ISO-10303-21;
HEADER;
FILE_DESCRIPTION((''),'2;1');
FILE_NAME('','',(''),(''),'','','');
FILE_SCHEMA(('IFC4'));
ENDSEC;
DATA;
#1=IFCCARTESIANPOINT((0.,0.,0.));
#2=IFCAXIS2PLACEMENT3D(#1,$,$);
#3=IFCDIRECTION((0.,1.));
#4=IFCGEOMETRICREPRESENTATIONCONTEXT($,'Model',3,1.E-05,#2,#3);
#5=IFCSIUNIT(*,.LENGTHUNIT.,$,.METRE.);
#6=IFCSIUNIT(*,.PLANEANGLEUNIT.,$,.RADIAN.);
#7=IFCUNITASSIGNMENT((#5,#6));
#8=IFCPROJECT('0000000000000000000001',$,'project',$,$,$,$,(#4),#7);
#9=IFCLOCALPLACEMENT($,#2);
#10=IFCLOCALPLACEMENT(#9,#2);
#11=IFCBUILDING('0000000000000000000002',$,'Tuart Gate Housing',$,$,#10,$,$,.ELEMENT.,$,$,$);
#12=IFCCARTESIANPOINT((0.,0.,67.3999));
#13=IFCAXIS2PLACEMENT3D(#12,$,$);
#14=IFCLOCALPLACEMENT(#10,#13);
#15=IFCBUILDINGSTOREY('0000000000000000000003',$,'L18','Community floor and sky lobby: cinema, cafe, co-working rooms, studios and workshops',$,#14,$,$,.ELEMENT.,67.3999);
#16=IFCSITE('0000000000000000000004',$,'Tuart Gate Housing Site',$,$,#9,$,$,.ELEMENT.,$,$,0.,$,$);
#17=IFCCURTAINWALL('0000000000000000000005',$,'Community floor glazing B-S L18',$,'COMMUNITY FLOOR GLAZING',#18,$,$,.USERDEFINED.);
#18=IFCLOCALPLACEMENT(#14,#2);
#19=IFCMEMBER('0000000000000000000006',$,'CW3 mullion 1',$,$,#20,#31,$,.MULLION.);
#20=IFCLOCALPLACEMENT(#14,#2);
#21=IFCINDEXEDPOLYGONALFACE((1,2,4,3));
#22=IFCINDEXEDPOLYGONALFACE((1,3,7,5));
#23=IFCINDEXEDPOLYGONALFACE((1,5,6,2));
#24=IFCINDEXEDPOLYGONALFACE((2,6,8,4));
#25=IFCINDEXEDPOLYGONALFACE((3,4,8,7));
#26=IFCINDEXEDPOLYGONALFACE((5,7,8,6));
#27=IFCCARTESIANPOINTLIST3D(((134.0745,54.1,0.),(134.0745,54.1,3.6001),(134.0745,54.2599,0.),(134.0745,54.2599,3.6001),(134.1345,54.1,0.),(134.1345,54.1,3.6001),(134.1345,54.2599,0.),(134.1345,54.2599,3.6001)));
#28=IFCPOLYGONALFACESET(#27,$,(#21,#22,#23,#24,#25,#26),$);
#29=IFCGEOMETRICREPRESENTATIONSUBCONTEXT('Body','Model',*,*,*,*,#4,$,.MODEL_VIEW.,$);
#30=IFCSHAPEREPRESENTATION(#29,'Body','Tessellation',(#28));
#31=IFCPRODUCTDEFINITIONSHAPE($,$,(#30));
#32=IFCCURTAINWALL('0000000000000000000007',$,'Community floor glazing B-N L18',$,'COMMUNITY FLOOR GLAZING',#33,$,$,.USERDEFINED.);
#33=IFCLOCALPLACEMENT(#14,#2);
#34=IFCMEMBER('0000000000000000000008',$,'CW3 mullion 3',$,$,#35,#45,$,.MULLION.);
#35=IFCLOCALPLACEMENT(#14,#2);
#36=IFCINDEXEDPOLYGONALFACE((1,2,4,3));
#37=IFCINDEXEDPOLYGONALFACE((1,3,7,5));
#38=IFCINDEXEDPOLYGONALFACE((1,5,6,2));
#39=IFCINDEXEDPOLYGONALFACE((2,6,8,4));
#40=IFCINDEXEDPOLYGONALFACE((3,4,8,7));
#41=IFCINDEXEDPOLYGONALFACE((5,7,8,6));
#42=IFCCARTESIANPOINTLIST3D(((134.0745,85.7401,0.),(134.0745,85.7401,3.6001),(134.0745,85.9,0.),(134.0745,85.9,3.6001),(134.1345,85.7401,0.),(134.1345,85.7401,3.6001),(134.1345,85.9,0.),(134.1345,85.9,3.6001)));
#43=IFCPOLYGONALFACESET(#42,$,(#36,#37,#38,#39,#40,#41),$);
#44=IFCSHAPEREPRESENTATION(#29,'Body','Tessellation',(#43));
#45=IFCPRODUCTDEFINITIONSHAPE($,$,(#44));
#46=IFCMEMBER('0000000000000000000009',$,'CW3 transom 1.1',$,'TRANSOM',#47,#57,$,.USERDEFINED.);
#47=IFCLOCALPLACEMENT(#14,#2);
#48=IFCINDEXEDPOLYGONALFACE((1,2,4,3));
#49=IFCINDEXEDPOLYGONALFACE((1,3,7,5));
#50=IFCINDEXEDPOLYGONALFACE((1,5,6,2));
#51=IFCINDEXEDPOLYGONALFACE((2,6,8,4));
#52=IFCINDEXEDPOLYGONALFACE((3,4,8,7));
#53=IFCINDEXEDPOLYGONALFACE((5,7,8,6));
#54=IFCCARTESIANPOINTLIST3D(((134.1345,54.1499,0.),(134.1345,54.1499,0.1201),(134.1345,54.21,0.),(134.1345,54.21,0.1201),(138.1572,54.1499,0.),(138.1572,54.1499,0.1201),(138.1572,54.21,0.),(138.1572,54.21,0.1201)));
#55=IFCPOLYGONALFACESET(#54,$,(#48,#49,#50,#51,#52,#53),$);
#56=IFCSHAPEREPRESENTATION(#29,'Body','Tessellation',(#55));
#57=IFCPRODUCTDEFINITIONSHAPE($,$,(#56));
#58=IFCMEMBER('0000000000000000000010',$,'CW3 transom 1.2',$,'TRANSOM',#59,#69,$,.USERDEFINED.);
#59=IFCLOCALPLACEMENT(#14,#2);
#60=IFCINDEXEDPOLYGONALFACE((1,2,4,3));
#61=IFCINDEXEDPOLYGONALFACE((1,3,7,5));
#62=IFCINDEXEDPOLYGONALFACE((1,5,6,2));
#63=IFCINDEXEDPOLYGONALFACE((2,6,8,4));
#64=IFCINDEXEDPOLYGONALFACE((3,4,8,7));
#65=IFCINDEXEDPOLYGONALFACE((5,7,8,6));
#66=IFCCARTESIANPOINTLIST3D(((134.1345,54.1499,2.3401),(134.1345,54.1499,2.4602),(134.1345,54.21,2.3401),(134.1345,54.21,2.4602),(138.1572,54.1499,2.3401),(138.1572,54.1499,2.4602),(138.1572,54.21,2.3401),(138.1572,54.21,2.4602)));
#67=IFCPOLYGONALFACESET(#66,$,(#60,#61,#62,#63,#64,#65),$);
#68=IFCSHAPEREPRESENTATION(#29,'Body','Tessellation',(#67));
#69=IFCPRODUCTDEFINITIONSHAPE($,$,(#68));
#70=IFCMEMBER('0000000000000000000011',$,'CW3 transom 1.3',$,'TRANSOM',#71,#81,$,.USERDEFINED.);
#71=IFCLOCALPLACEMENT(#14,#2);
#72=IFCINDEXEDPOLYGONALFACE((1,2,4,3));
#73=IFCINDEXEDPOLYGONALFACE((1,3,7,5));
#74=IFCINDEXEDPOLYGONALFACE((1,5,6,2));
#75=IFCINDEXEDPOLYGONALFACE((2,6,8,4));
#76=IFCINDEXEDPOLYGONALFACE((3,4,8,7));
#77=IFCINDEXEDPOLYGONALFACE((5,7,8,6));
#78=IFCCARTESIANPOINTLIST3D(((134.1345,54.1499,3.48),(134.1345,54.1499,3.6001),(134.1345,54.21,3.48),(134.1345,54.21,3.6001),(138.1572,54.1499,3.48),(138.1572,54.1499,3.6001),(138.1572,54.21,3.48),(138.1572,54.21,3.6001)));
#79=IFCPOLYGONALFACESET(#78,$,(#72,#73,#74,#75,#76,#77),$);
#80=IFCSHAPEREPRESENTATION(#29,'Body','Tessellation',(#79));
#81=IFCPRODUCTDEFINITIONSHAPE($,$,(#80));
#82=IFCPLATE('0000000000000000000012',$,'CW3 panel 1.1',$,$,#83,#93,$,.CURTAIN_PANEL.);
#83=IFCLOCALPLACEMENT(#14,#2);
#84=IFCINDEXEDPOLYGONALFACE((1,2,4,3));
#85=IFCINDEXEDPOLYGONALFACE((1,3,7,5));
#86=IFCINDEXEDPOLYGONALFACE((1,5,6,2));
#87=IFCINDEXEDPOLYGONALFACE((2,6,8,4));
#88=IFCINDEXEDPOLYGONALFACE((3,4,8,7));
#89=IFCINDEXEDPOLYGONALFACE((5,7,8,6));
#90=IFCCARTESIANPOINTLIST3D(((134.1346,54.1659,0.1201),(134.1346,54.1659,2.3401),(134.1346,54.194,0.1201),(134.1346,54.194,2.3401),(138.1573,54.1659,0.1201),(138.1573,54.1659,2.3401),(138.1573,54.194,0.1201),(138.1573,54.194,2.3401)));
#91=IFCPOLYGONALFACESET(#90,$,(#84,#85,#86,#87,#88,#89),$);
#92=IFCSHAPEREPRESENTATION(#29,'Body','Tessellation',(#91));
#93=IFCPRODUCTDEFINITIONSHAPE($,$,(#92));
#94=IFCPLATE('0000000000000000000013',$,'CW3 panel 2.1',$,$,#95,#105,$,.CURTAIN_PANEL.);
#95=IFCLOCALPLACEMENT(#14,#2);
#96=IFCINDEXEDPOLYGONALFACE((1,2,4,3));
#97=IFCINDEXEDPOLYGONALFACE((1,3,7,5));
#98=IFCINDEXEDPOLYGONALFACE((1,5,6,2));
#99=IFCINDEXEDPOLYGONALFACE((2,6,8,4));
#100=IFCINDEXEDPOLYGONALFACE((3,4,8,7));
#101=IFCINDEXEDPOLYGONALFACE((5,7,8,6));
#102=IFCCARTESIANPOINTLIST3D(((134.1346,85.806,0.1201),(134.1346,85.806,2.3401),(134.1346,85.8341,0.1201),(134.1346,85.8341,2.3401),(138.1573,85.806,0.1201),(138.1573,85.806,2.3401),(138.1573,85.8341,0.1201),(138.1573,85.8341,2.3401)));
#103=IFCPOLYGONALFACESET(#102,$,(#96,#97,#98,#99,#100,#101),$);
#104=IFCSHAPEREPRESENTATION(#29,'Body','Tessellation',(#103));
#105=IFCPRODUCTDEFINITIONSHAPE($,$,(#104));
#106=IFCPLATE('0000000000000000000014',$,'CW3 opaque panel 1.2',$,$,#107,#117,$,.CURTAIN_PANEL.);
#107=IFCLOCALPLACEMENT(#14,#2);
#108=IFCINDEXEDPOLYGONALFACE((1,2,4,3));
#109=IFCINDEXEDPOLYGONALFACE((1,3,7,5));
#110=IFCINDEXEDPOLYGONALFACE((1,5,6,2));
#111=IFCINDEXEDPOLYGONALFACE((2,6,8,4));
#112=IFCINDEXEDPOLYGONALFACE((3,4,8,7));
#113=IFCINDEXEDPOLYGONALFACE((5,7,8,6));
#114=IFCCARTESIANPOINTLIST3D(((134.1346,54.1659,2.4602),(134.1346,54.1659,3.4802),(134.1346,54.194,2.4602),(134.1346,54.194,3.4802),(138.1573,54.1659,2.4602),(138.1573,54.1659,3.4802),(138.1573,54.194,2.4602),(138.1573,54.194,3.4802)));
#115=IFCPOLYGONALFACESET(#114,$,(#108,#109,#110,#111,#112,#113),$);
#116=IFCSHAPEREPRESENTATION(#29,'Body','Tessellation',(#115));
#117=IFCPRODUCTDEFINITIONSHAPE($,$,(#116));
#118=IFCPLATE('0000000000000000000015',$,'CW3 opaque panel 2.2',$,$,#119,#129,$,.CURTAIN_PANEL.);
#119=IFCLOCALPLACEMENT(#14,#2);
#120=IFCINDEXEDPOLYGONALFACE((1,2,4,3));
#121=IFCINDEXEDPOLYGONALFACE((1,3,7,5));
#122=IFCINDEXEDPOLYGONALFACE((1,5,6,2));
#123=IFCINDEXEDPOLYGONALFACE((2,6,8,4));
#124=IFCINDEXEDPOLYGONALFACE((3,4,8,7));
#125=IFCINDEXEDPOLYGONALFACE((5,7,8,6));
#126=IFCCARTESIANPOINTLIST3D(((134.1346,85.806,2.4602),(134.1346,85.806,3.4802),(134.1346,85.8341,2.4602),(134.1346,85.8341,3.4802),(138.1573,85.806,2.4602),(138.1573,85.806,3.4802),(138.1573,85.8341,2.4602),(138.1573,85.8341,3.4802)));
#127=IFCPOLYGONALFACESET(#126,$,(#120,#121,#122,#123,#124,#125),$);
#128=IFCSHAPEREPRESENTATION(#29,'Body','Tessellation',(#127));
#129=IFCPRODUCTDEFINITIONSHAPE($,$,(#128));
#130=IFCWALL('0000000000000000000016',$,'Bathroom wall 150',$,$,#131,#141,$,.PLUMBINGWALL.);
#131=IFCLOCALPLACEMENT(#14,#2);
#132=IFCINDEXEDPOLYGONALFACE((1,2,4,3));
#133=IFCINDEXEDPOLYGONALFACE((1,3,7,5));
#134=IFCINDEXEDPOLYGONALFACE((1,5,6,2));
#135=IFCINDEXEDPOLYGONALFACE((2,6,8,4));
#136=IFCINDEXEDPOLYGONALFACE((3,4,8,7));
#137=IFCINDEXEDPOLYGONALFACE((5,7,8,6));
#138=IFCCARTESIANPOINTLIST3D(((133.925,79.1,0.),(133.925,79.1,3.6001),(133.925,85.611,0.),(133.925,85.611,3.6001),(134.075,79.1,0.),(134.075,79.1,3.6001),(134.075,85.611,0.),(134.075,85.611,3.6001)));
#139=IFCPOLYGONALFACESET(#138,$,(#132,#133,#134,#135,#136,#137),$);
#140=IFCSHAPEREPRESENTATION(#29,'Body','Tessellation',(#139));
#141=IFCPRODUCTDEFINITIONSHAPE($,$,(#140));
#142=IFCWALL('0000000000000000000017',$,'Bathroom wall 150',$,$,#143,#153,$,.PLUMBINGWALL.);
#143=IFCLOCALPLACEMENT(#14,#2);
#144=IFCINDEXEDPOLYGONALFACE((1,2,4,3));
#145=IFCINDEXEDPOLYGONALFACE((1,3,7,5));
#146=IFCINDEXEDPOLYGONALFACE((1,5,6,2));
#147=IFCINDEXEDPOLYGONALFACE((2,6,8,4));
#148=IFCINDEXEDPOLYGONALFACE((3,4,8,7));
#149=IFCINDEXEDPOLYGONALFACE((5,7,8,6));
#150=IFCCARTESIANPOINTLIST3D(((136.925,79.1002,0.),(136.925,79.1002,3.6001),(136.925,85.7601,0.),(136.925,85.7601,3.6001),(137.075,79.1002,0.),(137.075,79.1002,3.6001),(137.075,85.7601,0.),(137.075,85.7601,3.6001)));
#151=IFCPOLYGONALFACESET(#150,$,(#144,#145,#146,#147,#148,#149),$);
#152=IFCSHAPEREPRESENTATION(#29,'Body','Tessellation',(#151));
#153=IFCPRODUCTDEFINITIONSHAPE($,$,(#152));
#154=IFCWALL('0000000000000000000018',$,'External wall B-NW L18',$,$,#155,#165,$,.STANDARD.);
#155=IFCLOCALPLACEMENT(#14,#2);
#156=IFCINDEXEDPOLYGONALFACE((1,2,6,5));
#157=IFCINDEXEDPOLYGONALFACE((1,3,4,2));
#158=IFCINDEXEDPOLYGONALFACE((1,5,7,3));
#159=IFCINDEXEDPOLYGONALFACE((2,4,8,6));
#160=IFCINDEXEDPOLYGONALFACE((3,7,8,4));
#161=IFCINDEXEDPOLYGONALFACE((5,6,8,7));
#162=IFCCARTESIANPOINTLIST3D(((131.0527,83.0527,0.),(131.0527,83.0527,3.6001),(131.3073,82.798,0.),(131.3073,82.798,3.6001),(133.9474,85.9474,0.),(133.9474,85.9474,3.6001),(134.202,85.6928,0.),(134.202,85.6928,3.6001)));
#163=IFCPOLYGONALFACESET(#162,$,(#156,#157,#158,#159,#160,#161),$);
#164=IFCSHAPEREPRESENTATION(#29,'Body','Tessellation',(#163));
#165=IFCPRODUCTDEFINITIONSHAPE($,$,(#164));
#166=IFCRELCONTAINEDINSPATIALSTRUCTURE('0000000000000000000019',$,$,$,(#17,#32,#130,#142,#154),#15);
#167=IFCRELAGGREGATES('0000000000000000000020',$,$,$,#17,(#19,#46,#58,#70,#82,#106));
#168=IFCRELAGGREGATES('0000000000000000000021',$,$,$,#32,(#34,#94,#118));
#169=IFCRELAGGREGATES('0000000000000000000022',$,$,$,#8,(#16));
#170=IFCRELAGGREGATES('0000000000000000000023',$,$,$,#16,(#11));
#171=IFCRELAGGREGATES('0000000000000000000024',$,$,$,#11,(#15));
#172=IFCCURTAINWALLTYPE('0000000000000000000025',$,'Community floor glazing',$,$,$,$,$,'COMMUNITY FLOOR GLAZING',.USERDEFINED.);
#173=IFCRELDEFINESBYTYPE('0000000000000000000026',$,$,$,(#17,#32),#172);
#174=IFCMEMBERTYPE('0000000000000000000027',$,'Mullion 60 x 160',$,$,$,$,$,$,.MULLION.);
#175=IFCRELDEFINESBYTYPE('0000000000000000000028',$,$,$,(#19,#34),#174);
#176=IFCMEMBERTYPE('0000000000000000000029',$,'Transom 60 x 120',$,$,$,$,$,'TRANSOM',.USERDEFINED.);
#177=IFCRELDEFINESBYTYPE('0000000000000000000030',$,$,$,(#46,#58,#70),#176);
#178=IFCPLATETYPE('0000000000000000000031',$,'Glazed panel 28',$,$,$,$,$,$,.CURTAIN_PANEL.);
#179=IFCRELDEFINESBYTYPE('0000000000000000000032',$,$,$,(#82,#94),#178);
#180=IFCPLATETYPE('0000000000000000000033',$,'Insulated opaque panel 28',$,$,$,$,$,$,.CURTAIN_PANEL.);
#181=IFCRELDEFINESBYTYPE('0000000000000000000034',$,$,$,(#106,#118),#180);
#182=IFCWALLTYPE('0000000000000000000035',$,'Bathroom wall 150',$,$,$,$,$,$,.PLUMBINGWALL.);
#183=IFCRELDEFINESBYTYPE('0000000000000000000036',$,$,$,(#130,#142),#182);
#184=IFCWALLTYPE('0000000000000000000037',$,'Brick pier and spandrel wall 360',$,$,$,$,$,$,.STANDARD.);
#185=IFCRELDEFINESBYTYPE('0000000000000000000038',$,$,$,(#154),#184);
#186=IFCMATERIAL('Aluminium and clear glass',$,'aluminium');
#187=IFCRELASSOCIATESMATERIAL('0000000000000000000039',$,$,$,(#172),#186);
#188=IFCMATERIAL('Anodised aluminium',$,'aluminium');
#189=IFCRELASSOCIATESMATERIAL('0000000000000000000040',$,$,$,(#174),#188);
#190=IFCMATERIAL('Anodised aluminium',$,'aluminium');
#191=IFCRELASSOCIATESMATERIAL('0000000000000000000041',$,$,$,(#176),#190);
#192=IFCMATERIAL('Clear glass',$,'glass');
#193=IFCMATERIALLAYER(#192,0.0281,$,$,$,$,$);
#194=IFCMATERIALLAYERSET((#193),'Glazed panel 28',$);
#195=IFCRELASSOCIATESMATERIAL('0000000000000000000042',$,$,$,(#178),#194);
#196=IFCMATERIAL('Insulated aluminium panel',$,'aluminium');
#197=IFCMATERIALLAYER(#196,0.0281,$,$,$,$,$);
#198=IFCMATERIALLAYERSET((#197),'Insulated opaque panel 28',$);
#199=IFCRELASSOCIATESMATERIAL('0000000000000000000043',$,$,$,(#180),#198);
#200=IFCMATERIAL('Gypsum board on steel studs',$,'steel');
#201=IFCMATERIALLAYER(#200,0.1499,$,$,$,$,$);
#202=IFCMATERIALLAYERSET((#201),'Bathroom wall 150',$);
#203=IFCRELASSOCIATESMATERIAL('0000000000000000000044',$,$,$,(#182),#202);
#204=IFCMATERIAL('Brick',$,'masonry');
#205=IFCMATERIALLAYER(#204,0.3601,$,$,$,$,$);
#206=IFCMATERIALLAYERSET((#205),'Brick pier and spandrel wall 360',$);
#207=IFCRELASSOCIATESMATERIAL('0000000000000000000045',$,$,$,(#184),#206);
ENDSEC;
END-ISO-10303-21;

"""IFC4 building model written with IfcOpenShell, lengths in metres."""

from ifc_helpers import new_model, si_unit, direction, frame, frame_2d, origin, origin_2d, place, context, subcontext, project, spatial, rectangle, extrude, material, layer, layer_set, material_profile, profile_set, type_object, element, aggregate, save


model = new_model("IFC4")

# Units and contexts
model_context = context("Model", 3, precision=1e-05, world=origin(), true_north=direction((0.0, 1.0)))
body_context = subcontext(model_context, "Body", "Model", "MODEL_VIEW")
ifc_project = project(units=[si_unit("LENGTHUNIT", "METRE"), si_unit("PLANEANGLEUNIT", "RADIAN")], contexts=[model_context])

# Site, building, storey
site_placement = place(None, origin())
site = spatial("IfcSite", under=ifc_project, at=site_placement, Name="Tuart Gate Housing Site", CompositionType="ELEMENT", RefElevation=0.0)
building_placement = place(site_placement, origin())
building = spatial("IfcBuilding", under=site, at=building_placement, Name="Tuart Gate Housing", CompositionType="ELEMENT")
storey_placement = place(building_placement, frame((0.0, 0.0, 67.3999)))
storey = spatial("IfcBuildingStorey", under=building, at=storey_placement, Name="L18", Description="Community floor and sky lobby: cinema, cafe, co-working rooms, studios and workshops", CompositionType="ELEMENT", Elevation=67.3999)

# Curtain walls, members
ifc_material_1 = material(Name="Aluminium and clear glass", Category="aluminium")
curtain_wall_type = type_object("IfcCurtainWallType", Name="Community floor glazing", ElementType="COMMUNITY FLOOR GLAZING", PredefinedType="USERDEFINED", material=ifc_material_1)
curtain_wall_1_placement = place(storey_placement, origin())
curtain_wall_1 = element("IfcCurtainWall", 1, at=curtain_wall_1_placement, inside=storey, type_object=curtain_wall_type, Name="Community floor glazing B-S L18", ObjectType="COMMUNITY FLOOR GLAZING", PredefinedType="USERDEFINED")
ifc_material_2 = material(Name="Anodised aluminium", Category="aluminium")
ifc_material_profile_1 = material_profile(ifc_material_2, rectangle(XDim=0.0601, YDim=0.1599, at=origin_2d()), Name="60x160")
ifc_profile_set_1 = profile_set([ifc_material_profile_1], Name="Anodised aluminium")
member_type_1 = type_object("IfcMemberType", Name="Mullion 60 x 160", PredefinedType="MULLION", material=ifc_profile_set_1)
member_1_placement = place(storey_placement, frame((134.1045, 54.1799, 0.0), z_axis=(0.0, 0.0, 1.0), x_axis=(1.0, 0.0, 0.0)))
member_1 = element("IfcMember", 2, at=member_1_placement, type_object=member_type_1, Name="CW3 mullion 1", PredefinedType="MULLION", context=body_context, shape_type="SweptSolid", body=[
    extrude(rectangle(XDim=0.0601, YDim=0.1599, at=origin_2d()), origin(), (0.0, 0.0, 1.0), 3.6001),
])
curtain_wall_2_placement = place(storey_placement, origin())
curtain_wall_2 = element("IfcCurtainWall", 3, at=curtain_wall_2_placement, inside=storey, type_object=curtain_wall_type, Name="Community floor glazing B-N L18", ObjectType="COMMUNITY FLOOR GLAZING", PredefinedType="USERDEFINED")
member_2_placement = place(storey_placement, frame((134.1045, 85.8201, 0.0), z_axis=(0.0, 0.0, 1.0), x_axis=(-1.0, 0.0, 0.0)))
member_2 = element("IfcMember", 4, at=member_2_placement, type_object=member_type_1, Name="CW3 mullion 3", PredefinedType="MULLION", context=body_context, shape_type="SweptSolid", body=[
    extrude(rectangle(XDim=0.0601, YDim=0.1599, at=origin_2d()), origin(), (0.0, 0.0, 1.0), 3.6001),
])

# Members
ifc_material_3 = material(Name="Anodised aluminium", Category="aluminium")
ifc_material_profile_2 = material_profile(ifc_material_3, rectangle(XDim=0.0601, YDim=0.1201, at=origin_2d()), Name="60x120")
ifc_profile_set_2 = profile_set([ifc_material_profile_2], Name="Anodised aluminium")
member_type_2 = type_object("IfcMemberType", Name="Transom 60 x 120", ElementType="TRANSOM", PredefinedType="USERDEFINED", material=ifc_profile_set_2)
member_3_placement = place(storey_placement, frame((134.1345, 54.1799, 0.0601), z_axis=(1.0, 0.0, 0.0), x_axis=(0.0, 1.0, 0.0)))
member_3 = element("IfcMember", 5, at=member_3_placement, type_object=member_type_2, Name="CW3 transom 1.1", ObjectType="TRANSOM", PredefinedType="USERDEFINED", context=body_context, shape_type="SweptSolid", body=[
    extrude(rectangle(XDim=0.0601, YDim=0.1201, at=origin_2d()), origin(), (0.0, 0.0, 1.0), 4.0227),
])
member_4_placement = place(storey_placement, frame((134.1345, 54.1799, 2.4001), z_axis=(1.0, 0.0, 0.0), x_axis=(0.0, 1.0, 0.0)))
member_4 = element("IfcMember", 6, at=member_4_placement, type_object=member_type_2, Name="CW3 transom 1.2", ObjectType="TRANSOM", PredefinedType="USERDEFINED", context=body_context, shape_type="SweptSolid", body=[
    extrude(rectangle(XDim=0.0601, YDim=0.1201, at=origin_2d()), origin(), (0.0, 0.0, 1.0), 4.0227),
])
member_5_placement = place(storey_placement, frame((134.1345, 54.1799, 3.54), z_axis=(1.0, 0.0, 0.0), x_axis=(0.0, 1.0, 0.0)))
member_5 = element("IfcMember", 7, at=member_5_placement, type_object=member_type_2, Name="CW3 transom 1.3", ObjectType="TRANSOM", PredefinedType="USERDEFINED", context=body_context, shape_type="SweptSolid", body=[
    extrude(rectangle(XDim=0.0601, YDim=0.1201, at=origin_2d()), origin(), (0.0, 0.0, 1.0), 4.0227),
])

# Plates
ifc_material_4 = material(Name="Clear glass", Category="glass")
ifc_layer_1 = layer(ifc_material_4, 0.0281)
ifc_layer_set_1 = layer_set([ifc_layer_1], Name="Glazed panel 28")
plate_type_1 = type_object("IfcPlateType", Name="Glazed panel 28", PredefinedType="CURTAIN_PANEL", material=ifc_layer_set_1)
plate_1_placement = place(storey_placement, frame((136.146, 54.1799, 0.1201), z_axis=(0.0, 0.0, 1.0), x_axis=(1.0, 0.0, 0.0)))
plate_1 = element("IfcPlate", 8, at=plate_1_placement, type_object=plate_type_1, Name="CW3 panel 1.1", PredefinedType="CURTAIN_PANEL", context=body_context, shape_type="SweptSolid", body=[
    extrude(rectangle(XDim=4.0227, YDim=0.0281, at=origin_2d()), origin(), (0.0, 0.0, 1.0), 2.22),
])
plate_2_placement = place(storey_placement, frame((136.146, 85.8201, 0.1201), z_axis=(0.0, 0.0, 1.0), x_axis=(-1.0, 0.0, 0.0)))
plate_2 = element("IfcPlate", 9, at=plate_2_placement, type_object=plate_type_1, Name="CW3 panel 2.1", PredefinedType="CURTAIN_PANEL", context=body_context, shape_type="SweptSolid", body=[
    extrude(rectangle(XDim=4.0227, YDim=0.0281, at=origin_2d()), origin(), (0.0, 0.0, 1.0), 2.22),
])
ifc_material_5 = material(Name="Insulated aluminium panel", Category="aluminium")
ifc_layer_2 = layer(ifc_material_5, 0.0281)
ifc_layer_set_2 = layer_set([ifc_layer_2], Name="Insulated opaque panel 28")
plate_type_2 = type_object("IfcPlateType", Name="Insulated opaque panel 28", PredefinedType="CURTAIN_PANEL", material=ifc_layer_set_2)
plate_3_placement = place(storey_placement, frame((136.146, 54.1799, 2.4602), z_axis=(0.0, 0.0, 1.0), x_axis=(1.0, 0.0, 0.0)))
plate_3 = element("IfcPlate", 10, at=plate_3_placement, type_object=plate_type_2, Name="CW3 opaque panel 1.2", PredefinedType="CURTAIN_PANEL", context=body_context, shape_type="SweptSolid", body=[
    extrude(rectangle(XDim=4.0227, YDim=0.0281, at=origin_2d()), origin(), (0.0, 0.0, 1.0), 1.02),
])
aggregate(curtain_wall_1, [member_1, member_3, member_4, member_5, plate_1, plate_3])
plate_4_placement = place(storey_placement, frame((136.146, 85.8201, 2.4602), z_axis=(0.0, 0.0, 1.0), x_axis=(-1.0, 0.0, 0.0)))
plate_4 = element("IfcPlate", 11, at=plate_4_placement, type_object=plate_type_2, Name="CW3 opaque panel 2.2", PredefinedType="CURTAIN_PANEL", context=body_context, shape_type="SweptSolid", body=[
    extrude(rectangle(XDim=4.0227, YDim=0.0281, at=origin_2d()), origin(), (0.0, 0.0, 1.0), 1.02),
])
aggregate(curtain_wall_2, [member_2, plate_2, plate_4])

# Walls
ifc_material_6 = material(Name="Gypsum board on steel studs", Category="steel")
ifc_layer_3 = layer(ifc_material_6, 0.1499)
ifc_layer_set_3 = layer_set([ifc_layer_3], Name="Bathroom wall 150")
wall_type_1 = type_object("IfcWallType", Name="Bathroom wall 150", PredefinedType="PLUMBINGWALL", material=ifc_layer_set_3)
wall_1_placement = place(storey_placement, frame((134.0, 79.1001, 0.0), z_axis=(0.0, 0.0, 1.0), x_axis=(0.0, 1.0, 0.0)))
element("IfcWall", 12, at=wall_1_placement, inside=storey, type_object=wall_type_1, Name="Bathroom wall 150", PredefinedType="PLUMBINGWALL", context=body_context, shape_type="SweptSolid", body=[
    extrude(rectangle(XDim=6.511, YDim=0.1499, at=frame_2d((3.2554, 0.0))), origin(), (0.0, 0.0, 1.0), 3.6001),
])
wall_2_placement = place(storey_placement, frame((137.0, 79.1001, 0.0), z_axis=(0.0, 0.0, 1.0), x_axis=(0.0, 1.0, 0.0)))
element("IfcWall", 13, at=wall_2_placement, inside=storey, type_object=wall_type_1, Name="Bathroom wall 150", PredefinedType="PLUMBINGWALL", context=body_context, shape_type="SweptSolid", body=[
    extrude(rectangle(XDim=6.6599, YDim=0.1499, at=frame_2d((3.3301, 0.0))), origin(), (0.0, 0.0, 1.0), 3.6001),
])
ifc_material_7 = material(Name="Brick", Category="masonry")
ifc_layer_4 = layer(ifc_material_7, 0.3601)
ifc_layer_set_4 = layer_set([ifc_layer_4], Name="Brick pier and spandrel wall 360")
wall_type_2 = type_object("IfcWallType", Name="Brick pier and spandrel wall 360", PredefinedType="STANDARD", material=ifc_layer_set_4)
wall_3_placement = place(storey_placement, frame((134.0747, 85.8201, 0.0), z_axis=(0.0, 0.0, 1.0), x_axis=(-0.707107, -0.707107, 0.0)))
element("IfcWall", 14, at=wall_3_placement, inside=storey, type_object=wall_type_2, Name="External wall B-NW L18", PredefinedType="STANDARD", context=body_context, shape_type="SweptSolid", body=[
    extrude(rectangle(XDim=4.0938, YDim=0.3601, at=frame_2d((2.0469, 0.0))), origin(), (0.0, 0.0, 1.0), 3.6001),
])

save(model, "model.ifc")
